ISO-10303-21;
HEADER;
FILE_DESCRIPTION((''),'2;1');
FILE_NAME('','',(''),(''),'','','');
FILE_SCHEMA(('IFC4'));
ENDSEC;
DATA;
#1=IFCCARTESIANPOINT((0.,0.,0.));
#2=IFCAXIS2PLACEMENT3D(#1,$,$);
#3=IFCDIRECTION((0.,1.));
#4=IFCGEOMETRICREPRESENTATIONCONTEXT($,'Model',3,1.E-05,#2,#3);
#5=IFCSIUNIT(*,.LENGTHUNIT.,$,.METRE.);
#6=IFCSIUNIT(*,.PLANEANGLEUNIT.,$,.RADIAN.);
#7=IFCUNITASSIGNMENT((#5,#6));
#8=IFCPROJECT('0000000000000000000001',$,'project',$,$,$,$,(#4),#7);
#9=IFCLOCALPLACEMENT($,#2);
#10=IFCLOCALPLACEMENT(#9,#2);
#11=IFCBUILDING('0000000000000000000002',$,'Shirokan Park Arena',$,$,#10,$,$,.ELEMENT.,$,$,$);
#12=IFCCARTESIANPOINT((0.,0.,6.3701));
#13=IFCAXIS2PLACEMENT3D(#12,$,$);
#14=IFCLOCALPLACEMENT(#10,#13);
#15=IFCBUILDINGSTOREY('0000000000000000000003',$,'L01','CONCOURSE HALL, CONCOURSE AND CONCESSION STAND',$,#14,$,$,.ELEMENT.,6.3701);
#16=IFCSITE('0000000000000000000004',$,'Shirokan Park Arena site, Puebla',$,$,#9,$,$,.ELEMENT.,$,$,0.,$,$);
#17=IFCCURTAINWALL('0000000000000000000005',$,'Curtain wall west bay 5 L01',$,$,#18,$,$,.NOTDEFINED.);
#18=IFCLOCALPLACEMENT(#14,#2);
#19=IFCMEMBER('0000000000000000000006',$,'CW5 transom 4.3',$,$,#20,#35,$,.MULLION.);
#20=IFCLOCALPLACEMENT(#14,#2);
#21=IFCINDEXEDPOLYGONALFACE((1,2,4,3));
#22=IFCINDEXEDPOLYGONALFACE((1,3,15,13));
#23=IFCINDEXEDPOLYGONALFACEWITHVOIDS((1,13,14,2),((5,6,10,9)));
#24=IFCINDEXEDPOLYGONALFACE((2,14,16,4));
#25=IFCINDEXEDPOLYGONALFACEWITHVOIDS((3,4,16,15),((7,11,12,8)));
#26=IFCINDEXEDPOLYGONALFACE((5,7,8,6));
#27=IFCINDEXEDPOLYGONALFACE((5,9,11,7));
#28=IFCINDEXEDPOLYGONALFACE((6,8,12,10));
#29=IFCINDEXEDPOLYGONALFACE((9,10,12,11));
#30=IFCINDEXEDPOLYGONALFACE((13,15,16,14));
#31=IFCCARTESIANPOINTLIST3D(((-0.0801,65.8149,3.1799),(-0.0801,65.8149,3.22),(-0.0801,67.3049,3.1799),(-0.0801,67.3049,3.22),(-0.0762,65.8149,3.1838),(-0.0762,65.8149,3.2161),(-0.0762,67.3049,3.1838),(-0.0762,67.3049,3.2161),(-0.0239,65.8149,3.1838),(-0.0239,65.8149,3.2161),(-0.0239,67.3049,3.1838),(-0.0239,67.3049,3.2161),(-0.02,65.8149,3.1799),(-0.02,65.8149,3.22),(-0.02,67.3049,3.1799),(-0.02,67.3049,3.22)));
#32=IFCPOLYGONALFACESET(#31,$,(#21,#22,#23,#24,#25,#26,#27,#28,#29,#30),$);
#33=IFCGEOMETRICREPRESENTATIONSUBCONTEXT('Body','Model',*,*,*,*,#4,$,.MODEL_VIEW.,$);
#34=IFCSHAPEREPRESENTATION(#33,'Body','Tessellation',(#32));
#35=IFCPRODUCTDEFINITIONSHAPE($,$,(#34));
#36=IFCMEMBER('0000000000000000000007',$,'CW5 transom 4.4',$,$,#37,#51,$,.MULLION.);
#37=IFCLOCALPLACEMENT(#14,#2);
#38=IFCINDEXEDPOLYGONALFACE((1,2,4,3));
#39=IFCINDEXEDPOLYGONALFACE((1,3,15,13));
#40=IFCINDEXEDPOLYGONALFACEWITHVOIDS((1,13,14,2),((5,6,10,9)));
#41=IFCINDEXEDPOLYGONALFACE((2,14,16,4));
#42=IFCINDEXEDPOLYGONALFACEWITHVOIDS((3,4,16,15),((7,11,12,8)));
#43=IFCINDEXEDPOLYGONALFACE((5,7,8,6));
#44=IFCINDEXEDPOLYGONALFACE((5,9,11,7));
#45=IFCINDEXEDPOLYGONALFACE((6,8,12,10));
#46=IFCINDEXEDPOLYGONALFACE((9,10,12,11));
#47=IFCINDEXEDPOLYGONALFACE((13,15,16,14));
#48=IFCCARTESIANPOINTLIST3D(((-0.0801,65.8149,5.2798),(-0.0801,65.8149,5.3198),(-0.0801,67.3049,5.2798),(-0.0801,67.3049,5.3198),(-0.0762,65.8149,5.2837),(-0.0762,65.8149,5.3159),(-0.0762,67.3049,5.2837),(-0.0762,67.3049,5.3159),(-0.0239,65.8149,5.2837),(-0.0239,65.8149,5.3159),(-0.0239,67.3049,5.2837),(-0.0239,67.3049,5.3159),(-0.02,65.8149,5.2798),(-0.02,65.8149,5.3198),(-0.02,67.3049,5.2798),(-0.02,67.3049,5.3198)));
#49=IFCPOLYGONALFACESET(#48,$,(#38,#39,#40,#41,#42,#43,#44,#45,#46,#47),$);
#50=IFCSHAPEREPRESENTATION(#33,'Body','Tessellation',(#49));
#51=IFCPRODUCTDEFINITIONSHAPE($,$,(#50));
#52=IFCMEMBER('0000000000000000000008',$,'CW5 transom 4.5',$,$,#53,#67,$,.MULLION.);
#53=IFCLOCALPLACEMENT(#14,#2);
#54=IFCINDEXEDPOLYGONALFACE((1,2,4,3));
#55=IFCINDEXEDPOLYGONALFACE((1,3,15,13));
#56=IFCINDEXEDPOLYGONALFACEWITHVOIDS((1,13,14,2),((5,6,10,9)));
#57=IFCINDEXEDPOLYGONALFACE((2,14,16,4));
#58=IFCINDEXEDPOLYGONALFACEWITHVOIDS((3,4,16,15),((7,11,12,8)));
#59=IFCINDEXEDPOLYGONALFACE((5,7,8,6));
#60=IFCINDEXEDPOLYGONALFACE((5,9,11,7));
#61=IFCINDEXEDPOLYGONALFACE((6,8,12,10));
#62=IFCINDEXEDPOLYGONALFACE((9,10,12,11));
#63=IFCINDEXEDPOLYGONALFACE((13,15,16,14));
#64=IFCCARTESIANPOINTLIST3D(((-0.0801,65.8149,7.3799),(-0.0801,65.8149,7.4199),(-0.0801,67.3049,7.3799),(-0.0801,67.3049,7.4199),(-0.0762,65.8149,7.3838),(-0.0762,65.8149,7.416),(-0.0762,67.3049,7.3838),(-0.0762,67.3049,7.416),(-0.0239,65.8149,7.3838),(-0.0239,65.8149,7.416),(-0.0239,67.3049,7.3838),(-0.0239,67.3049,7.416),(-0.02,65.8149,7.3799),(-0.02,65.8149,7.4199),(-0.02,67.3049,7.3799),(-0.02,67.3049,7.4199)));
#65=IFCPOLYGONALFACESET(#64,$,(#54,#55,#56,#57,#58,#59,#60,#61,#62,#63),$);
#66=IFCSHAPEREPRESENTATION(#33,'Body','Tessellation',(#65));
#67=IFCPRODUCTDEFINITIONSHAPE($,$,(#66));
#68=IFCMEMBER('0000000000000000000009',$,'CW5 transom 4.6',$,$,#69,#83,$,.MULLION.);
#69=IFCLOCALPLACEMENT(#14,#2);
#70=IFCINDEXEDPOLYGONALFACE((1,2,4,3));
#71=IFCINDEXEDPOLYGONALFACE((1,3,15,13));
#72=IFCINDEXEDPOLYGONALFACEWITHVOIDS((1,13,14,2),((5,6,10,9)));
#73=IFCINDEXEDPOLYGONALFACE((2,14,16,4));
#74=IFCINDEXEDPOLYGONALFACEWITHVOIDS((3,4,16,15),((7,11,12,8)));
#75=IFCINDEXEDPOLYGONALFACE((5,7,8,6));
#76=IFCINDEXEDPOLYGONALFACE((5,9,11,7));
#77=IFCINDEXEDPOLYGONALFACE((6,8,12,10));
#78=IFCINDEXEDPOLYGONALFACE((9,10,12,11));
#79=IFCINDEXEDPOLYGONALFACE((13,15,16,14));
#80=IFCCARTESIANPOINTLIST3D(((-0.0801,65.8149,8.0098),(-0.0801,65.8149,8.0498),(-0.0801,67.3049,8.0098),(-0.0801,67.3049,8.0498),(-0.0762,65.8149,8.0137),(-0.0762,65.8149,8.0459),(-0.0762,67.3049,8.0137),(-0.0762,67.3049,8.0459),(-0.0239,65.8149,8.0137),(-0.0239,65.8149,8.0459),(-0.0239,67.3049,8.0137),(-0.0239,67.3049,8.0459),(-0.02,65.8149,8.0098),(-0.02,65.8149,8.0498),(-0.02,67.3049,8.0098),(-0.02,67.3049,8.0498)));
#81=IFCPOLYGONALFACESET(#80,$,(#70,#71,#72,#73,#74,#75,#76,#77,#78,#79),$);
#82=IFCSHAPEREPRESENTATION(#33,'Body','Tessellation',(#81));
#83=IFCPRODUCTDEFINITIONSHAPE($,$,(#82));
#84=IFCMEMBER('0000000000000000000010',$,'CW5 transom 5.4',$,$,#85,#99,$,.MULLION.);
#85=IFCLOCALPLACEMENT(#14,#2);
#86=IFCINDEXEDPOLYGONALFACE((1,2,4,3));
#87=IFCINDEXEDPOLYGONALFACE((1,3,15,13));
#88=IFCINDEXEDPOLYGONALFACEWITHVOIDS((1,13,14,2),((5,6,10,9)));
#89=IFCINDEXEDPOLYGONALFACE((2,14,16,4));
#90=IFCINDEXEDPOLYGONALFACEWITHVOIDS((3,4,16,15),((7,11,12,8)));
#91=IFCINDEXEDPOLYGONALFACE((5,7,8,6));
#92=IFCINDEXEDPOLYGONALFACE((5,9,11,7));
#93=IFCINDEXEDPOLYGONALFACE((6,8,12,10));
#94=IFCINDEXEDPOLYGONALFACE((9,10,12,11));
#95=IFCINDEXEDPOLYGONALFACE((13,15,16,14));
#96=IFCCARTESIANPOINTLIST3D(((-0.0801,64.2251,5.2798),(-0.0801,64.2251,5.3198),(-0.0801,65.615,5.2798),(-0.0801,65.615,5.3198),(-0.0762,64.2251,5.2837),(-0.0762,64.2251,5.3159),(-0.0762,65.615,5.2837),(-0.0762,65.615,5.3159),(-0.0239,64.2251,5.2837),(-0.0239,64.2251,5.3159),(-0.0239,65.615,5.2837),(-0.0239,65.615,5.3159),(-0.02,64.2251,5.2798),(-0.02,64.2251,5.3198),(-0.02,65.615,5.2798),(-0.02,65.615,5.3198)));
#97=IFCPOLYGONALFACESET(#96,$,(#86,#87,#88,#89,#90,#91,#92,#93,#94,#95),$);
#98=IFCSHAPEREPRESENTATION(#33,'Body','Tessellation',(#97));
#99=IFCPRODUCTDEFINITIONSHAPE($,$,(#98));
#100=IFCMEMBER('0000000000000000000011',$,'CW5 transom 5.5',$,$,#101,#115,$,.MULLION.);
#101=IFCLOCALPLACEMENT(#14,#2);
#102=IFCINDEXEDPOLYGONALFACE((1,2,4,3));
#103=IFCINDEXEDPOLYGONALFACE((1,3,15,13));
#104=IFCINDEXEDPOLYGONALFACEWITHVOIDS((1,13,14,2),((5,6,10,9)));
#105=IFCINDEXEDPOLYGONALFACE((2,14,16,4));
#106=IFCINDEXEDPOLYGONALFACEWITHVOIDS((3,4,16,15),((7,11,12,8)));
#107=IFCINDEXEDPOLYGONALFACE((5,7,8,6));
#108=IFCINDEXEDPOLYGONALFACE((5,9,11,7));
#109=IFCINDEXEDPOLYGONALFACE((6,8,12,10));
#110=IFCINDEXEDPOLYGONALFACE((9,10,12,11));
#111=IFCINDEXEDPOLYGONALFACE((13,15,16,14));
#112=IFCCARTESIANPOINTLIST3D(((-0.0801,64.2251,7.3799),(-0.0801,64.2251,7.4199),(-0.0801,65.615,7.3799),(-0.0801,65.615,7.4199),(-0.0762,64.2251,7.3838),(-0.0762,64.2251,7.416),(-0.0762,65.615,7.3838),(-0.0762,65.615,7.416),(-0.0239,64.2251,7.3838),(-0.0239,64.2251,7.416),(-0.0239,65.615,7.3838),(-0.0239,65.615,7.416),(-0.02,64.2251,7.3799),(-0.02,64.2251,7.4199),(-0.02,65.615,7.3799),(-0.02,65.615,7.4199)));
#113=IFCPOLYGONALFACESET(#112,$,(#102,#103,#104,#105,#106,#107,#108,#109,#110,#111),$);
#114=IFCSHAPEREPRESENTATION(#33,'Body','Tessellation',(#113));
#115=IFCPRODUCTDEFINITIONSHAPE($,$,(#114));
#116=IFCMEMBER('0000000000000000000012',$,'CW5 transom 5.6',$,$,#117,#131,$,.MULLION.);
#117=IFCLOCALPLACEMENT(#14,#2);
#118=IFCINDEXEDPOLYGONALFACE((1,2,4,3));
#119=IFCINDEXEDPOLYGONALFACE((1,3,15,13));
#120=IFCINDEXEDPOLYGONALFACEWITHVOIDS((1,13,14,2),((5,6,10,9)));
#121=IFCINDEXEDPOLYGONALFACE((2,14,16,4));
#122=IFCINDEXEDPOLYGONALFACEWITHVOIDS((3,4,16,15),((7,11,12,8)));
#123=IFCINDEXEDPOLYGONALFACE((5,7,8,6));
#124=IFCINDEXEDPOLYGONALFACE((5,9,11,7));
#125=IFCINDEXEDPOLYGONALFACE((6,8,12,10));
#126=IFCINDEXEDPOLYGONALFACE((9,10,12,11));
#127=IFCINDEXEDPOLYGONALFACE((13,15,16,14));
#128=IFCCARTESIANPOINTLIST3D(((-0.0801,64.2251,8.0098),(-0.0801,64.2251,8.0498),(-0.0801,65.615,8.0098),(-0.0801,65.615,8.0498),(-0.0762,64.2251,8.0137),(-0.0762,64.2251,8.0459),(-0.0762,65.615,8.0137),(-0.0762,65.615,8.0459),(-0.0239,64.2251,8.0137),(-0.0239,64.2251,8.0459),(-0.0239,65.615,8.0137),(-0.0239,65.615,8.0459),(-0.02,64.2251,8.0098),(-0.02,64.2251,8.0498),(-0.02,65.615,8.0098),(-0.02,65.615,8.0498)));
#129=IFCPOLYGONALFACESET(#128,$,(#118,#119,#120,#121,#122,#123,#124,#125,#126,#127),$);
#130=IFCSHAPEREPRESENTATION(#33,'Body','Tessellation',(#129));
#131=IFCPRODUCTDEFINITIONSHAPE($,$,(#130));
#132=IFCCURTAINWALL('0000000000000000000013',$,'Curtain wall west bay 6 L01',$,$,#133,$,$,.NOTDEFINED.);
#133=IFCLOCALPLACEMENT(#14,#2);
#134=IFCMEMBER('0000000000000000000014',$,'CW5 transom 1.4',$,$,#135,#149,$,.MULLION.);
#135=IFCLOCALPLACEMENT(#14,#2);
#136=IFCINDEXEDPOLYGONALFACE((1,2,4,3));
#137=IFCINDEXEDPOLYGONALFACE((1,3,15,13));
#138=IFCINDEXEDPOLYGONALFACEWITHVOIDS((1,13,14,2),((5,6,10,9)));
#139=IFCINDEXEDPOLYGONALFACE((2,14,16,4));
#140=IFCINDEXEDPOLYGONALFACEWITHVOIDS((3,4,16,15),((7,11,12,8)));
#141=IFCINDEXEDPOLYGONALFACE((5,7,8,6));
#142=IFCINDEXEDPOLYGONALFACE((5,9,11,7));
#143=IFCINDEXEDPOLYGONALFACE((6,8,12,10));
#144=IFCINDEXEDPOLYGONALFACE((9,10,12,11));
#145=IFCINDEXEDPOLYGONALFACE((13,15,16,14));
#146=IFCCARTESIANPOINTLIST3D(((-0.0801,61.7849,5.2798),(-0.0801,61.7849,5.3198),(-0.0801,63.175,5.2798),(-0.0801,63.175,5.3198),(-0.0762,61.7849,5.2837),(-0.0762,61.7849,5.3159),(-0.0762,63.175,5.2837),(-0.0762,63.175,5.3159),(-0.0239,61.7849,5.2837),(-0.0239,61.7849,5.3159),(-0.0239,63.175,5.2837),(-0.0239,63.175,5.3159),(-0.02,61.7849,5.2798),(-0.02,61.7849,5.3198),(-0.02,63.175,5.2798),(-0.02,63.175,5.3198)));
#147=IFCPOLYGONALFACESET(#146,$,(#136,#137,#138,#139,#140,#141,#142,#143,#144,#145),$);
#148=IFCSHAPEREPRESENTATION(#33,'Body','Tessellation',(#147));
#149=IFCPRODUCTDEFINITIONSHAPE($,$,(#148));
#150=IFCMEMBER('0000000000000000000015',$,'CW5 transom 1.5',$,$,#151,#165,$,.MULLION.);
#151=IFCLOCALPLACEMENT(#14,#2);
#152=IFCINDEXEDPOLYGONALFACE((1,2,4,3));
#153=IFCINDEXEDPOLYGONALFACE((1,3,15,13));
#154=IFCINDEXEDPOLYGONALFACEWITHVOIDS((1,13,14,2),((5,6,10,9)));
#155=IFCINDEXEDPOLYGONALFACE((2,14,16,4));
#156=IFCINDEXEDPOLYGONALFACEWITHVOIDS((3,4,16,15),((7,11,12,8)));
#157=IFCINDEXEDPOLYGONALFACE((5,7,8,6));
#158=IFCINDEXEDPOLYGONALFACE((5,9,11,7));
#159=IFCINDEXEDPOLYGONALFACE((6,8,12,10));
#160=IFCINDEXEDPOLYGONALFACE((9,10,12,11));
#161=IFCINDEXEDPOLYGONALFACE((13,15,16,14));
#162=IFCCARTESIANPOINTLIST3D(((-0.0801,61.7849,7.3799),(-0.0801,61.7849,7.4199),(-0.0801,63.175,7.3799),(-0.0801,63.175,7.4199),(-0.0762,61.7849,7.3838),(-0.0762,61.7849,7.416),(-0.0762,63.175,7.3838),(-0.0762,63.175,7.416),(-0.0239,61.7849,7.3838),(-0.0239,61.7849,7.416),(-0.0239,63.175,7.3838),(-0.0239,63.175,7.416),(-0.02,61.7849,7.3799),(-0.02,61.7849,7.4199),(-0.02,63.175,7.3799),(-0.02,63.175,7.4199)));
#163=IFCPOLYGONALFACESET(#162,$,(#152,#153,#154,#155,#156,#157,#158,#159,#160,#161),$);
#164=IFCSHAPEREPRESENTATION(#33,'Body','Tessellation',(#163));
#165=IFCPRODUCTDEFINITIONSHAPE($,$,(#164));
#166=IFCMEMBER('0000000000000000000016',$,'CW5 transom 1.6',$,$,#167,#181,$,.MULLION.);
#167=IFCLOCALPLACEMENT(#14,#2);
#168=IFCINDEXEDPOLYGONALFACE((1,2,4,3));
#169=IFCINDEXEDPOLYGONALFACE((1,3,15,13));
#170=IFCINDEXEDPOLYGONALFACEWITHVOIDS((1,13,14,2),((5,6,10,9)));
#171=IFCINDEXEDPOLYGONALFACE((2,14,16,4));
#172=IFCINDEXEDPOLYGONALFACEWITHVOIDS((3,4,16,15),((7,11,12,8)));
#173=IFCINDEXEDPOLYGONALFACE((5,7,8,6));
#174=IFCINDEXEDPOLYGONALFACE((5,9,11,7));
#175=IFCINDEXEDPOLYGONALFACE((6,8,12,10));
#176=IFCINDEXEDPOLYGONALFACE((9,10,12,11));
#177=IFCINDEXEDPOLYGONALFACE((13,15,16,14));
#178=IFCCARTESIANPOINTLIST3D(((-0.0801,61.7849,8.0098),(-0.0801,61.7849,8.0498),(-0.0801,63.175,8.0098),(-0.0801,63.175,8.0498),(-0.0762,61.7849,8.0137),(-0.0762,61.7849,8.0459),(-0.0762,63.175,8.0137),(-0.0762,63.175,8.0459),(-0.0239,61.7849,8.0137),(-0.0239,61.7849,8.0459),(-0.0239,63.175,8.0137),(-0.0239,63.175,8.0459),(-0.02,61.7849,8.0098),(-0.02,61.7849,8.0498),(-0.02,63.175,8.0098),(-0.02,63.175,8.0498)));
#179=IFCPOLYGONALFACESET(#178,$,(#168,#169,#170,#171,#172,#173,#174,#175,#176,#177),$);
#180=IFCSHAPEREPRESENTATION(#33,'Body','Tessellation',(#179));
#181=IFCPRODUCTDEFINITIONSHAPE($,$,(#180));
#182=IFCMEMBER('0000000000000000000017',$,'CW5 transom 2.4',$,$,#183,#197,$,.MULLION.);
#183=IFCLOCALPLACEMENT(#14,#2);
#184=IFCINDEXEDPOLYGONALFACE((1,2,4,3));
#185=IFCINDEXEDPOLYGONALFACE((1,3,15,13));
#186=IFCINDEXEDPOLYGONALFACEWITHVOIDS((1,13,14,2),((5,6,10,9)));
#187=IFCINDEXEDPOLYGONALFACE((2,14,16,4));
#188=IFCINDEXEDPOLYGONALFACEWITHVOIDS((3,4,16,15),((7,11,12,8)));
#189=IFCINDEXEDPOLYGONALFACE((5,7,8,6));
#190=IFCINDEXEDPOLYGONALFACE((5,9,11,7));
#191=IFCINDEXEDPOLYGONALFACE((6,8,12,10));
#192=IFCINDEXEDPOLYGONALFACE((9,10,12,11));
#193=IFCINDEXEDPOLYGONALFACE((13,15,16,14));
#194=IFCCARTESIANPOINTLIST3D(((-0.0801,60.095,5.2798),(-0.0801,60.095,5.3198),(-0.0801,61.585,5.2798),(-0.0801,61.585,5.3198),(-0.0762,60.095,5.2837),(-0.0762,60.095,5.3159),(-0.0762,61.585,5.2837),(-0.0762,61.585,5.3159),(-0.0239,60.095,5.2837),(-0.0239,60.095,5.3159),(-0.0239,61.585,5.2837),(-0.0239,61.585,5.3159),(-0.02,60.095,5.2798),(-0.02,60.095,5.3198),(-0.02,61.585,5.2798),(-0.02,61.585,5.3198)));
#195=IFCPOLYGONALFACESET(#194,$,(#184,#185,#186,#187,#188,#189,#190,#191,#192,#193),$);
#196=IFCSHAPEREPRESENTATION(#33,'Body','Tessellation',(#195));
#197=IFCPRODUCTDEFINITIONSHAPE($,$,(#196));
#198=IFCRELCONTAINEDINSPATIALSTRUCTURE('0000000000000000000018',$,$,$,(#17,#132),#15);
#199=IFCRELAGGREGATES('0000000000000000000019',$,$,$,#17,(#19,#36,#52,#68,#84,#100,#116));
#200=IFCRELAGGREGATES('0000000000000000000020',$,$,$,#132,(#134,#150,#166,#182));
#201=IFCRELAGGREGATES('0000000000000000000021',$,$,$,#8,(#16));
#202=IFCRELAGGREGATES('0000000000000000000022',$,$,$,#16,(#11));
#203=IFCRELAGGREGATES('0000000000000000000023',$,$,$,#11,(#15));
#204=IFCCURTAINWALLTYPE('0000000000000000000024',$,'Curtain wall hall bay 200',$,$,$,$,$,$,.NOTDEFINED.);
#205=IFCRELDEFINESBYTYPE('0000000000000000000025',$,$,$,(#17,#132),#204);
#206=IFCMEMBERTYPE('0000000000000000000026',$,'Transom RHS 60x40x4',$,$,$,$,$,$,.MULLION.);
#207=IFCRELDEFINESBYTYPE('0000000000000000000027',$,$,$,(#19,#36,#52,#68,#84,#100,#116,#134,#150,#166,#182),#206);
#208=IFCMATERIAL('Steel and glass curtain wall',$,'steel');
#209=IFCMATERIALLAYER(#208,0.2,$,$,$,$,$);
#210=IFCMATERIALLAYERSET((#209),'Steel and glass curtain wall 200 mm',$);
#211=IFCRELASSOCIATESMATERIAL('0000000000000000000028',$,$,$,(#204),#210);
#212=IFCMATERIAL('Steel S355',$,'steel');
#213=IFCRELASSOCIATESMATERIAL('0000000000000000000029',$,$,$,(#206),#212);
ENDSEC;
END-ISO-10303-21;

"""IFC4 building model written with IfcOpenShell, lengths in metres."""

from ifc_helpers import new_model, si_unit, direction, frame, origin, origin_2d, place, context, subcontext, project, spatial, hollow_rectangle, extrude, material, layer, layer_set, material_profile, profile_set, type_object, element, aggregate, save


model = new_model("IFC4")

# Units and contexts
model_context = context("Model", 3, precision=1e-05, world=origin(), true_north=direction((0.0, 1.0)))
body_context = subcontext(model_context, "Body", "Model", "MODEL_VIEW")
ifc_project = project(units=[si_unit("LENGTHUNIT", "METRE"), si_unit("PLANEANGLEUNIT", "RADIAN")], contexts=[model_context])

# Site, building, storey
site_placement = place(None, origin())
site = spatial("IfcSite", under=ifc_project, at=site_placement, Name="Shirokan Park Arena site, Puebla", CompositionType="ELEMENT", RefElevation=0.0)
building_placement = place(site_placement, origin())
building = spatial("IfcBuilding", under=site, at=building_placement, Name="Shirokan Park Arena", CompositionType="ELEMENT")
storey_placement = place(building_placement, frame((0.0, 0.0, 6.3701)))
storey = spatial("IfcBuildingStorey", under=building, at=storey_placement, Name="L01", Description="CONCOURSE HALL, CONCOURSE AND CONCESSION STAND", CompositionType="ELEMENT", Elevation=6.3701)

# Curtain walls, members
ifc_material_1 = material(Name="Steel and glass curtain wall", Category="steel")
ifc_layer_1 = layer(ifc_material_1, 0.2)
ifc_layer_set_1 = layer_set([ifc_layer_1], Name="Steel and glass curtain wall 200 mm")
curtain_wall_type = type_object("IfcCurtainWallType", Name="Curtain wall hall bay 200", PredefinedType="NOTDEFINED", material=ifc_layer_set_1)
curtain_wall_1_placement = place(storey_placement, origin())
curtain_wall_1 = element("IfcCurtainWall", 1, at=curtain_wall_1_placement, inside=storey, type_object=curtain_wall_type, Name="Curtain wall west bay 5 L01", PredefinedType="NOTDEFINED")
ifc_material_2 = material(Name="Steel S355", Category="steel")
ifc_material_profile = material_profile(ifc_material_2, hollow_rectangle(XDim=0.0601, YDim=0.04, WallThickness=0.0039, at=origin_2d()), Name="RHS 60x40x4")
ifc_profile_set = profile_set([ifc_material_profile], Name="Steel S355")
member_type = type_object("IfcMemberType", Name="Transom RHS 60x40x4", PredefinedType="MULLION", material=ifc_profile_set)
member_1_placement = place(storey_placement, frame((-0.05, 67.3049, 3.2), z_axis=(0.0, -1.0, 0.0), x_axis=(1.0, 0.0, 0.0)))
member_1 = element("IfcMember", 2, at=member_1_placement, type_object=member_type, Name="CW5 transom 4.3", PredefinedType="MULLION", context=body_context, shape_type="SweptSolid", body=[
    extrude(hollow_rectangle(XDim=0.0601, YDim=0.04, WallThickness=0.0039, at=origin_2d()), origin(), (0.0, 0.0, 1.0), 1.49),
])
member_2_placement = place(storey_placement, frame((-0.05, 67.3049, 5.2998), z_axis=(0.0, -1.0, 0.0), x_axis=(1.0, 0.0, 0.0)))
member_2 = element("IfcMember", 3, at=member_2_placement, type_object=member_type, Name="CW5 transom 4.4", PredefinedType="MULLION", context=body_context, shape_type="SweptSolid", body=[
    extrude(hollow_rectangle(XDim=0.0601, YDim=0.04, WallThickness=0.0039, at=origin_2d()), origin(), (0.0, 0.0, 1.0), 1.49),
])
member_3_placement = place(storey_placement, frame((-0.05, 67.3049, 7.3999), z_axis=(0.0, -1.0, 0.0), x_axis=(1.0, 0.0, 0.0)))
member_3 = element("IfcMember", 4, at=member_3_placement, type_object=member_type, Name="CW5 transom 4.5", PredefinedType="MULLION", context=body_context, shape_type="SweptSolid", body=[
    extrude(hollow_rectangle(XDim=0.0601, YDim=0.04, WallThickness=0.0039, at=origin_2d()), origin(), (0.0, 0.0, 1.0), 1.49),
])
member_4_placement = place(storey_placement, frame((-0.05, 67.3049, 8.0298), z_axis=(0.0, -1.0, 0.0), x_axis=(1.0, 0.0, 0.0)))
member_4 = element("IfcMember", 5, at=member_4_placement, type_object=member_type, Name="CW5 transom 4.6", PredefinedType="MULLION", context=body_context, shape_type="SweptSolid", body=[
    extrude(hollow_rectangle(XDim=0.0601, YDim=0.04, WallThickness=0.0039, at=origin_2d()), origin(), (0.0, 0.0, 1.0), 1.49),
])
member_5_placement = place(storey_placement, frame((-0.05, 65.615, 5.2998), z_axis=(0.0, -1.0, 0.0), x_axis=(1.0, 0.0, 0.0)))
member_5 = element("IfcMember", 6, at=member_5_placement, type_object=member_type, Name="CW5 transom 5.4", PredefinedType="MULLION", context=body_context, shape_type="SweptSolid", body=[
    extrude(hollow_rectangle(XDim=0.0601, YDim=0.04, WallThickness=0.0039, at=origin_2d()), origin(), (0.0, 0.0, 1.0), 1.3899),
])
member_6_placement = place(storey_placement, frame((-0.05, 65.615, 7.3999), z_axis=(0.0, -1.0, 0.0), x_axis=(1.0, 0.0, 0.0)))
member_6 = element("IfcMember", 7, at=member_6_placement, type_object=member_type, Name="CW5 transom 5.5", PredefinedType="MULLION", context=body_context, shape_type="SweptSolid", body=[
    extrude(hollow_rectangle(XDim=0.0601, YDim=0.04, WallThickness=0.0039, at=origin_2d()), origin(), (0.0, 0.0, 1.0), 1.3899),
])
member_7_placement = place(storey_placement, frame((-0.05, 65.615, 8.0298), z_axis=(0.0, -1.0, 0.0), x_axis=(1.0, 0.0, 0.0)))
member_7 = element("IfcMember", 8, at=member_7_placement, type_object=member_type, Name="CW5 transom 5.6", PredefinedType="MULLION", context=body_context, shape_type="SweptSolid", body=[
    extrude(hollow_rectangle(XDim=0.0601, YDim=0.04, WallThickness=0.0039, at=origin_2d()), origin(), (0.0, 0.0, 1.0), 1.3899),
])
curtain_wall_2_placement = place(storey_placement, origin())
curtain_wall_2 = element("IfcCurtainWall", 9, at=curtain_wall_2_placement, inside=storey, type_object=curtain_wall_type, Name="Curtain wall west bay 6 L01", PredefinedType="NOTDEFINED")
member_8_placement = place(storey_placement, frame((-0.05, 63.175, 5.2998), z_axis=(0.0, -1.0, 0.0), x_axis=(1.0, 0.0, 0.0)))
member_8 = element("IfcMember", 10, at=member_8_placement, type_object=member_type, Name="CW5 transom 1.4", PredefinedType="MULLION", context=body_context, shape_type="SweptSolid", body=[
    extrude(hollow_rectangle(XDim=0.0601, YDim=0.04, WallThickness=0.0039, at=origin_2d()), origin(), (0.0, 0.0, 1.0), 1.3901),
])
member_9_placement = place(storey_placement, frame((-0.05, 63.175, 7.3999), z_axis=(0.0, -1.0, 0.0), x_axis=(1.0, 0.0, 0.0)))
member_9 = element("IfcMember", 11, at=member_9_placement, type_object=member_type, Name="CW5 transom 1.5", PredefinedType="MULLION", context=body_context, shape_type="SweptSolid", body=[
    extrude(hollow_rectangle(XDim=0.0601, YDim=0.04, WallThickness=0.0039, at=origin_2d()), origin(), (0.0, 0.0, 1.0), 1.3901),
])
member_10_placement = place(storey_placement, frame((-0.05, 63.175, 8.0298), z_axis=(0.0, -1.0, 0.0), x_axis=(1.0, 0.0, 0.0)))
member_10 = element("IfcMember", 12, at=member_10_placement, type_object=member_type, Name="CW5 transom 1.6", PredefinedType="MULLION", context=body_context, shape_type="SweptSolid", body=[
    extrude(hollow_rectangle(XDim=0.0601, YDim=0.04, WallThickness=0.0039, at=origin_2d()), origin(), (0.0, 0.0, 1.0), 1.3901),
])
member_11_placement = place(storey_placement, frame((-0.05, 61.585, 5.2998), z_axis=(0.0, -1.0, 0.0), x_axis=(1.0, 0.0, 0.0)))
member_11 = element("IfcMember", 13, at=member_11_placement, type_object=member_type, Name="CW5 transom 2.4", PredefinedType="MULLION", context=body_context, shape_type="SweptSolid", body=[
    extrude(hollow_rectangle(XDim=0.0601, YDim=0.04, WallThickness=0.0039, at=origin_2d()), origin(), (0.0, 0.0, 1.0), 1.49),
])

aggregate(curtain_wall_1, [member_1, member_2, member_3, member_4, member_5, member_6, member_7])
aggregate(curtain_wall_2, [member_8, member_9, member_10, member_11])

save(model, "model.ifc")
